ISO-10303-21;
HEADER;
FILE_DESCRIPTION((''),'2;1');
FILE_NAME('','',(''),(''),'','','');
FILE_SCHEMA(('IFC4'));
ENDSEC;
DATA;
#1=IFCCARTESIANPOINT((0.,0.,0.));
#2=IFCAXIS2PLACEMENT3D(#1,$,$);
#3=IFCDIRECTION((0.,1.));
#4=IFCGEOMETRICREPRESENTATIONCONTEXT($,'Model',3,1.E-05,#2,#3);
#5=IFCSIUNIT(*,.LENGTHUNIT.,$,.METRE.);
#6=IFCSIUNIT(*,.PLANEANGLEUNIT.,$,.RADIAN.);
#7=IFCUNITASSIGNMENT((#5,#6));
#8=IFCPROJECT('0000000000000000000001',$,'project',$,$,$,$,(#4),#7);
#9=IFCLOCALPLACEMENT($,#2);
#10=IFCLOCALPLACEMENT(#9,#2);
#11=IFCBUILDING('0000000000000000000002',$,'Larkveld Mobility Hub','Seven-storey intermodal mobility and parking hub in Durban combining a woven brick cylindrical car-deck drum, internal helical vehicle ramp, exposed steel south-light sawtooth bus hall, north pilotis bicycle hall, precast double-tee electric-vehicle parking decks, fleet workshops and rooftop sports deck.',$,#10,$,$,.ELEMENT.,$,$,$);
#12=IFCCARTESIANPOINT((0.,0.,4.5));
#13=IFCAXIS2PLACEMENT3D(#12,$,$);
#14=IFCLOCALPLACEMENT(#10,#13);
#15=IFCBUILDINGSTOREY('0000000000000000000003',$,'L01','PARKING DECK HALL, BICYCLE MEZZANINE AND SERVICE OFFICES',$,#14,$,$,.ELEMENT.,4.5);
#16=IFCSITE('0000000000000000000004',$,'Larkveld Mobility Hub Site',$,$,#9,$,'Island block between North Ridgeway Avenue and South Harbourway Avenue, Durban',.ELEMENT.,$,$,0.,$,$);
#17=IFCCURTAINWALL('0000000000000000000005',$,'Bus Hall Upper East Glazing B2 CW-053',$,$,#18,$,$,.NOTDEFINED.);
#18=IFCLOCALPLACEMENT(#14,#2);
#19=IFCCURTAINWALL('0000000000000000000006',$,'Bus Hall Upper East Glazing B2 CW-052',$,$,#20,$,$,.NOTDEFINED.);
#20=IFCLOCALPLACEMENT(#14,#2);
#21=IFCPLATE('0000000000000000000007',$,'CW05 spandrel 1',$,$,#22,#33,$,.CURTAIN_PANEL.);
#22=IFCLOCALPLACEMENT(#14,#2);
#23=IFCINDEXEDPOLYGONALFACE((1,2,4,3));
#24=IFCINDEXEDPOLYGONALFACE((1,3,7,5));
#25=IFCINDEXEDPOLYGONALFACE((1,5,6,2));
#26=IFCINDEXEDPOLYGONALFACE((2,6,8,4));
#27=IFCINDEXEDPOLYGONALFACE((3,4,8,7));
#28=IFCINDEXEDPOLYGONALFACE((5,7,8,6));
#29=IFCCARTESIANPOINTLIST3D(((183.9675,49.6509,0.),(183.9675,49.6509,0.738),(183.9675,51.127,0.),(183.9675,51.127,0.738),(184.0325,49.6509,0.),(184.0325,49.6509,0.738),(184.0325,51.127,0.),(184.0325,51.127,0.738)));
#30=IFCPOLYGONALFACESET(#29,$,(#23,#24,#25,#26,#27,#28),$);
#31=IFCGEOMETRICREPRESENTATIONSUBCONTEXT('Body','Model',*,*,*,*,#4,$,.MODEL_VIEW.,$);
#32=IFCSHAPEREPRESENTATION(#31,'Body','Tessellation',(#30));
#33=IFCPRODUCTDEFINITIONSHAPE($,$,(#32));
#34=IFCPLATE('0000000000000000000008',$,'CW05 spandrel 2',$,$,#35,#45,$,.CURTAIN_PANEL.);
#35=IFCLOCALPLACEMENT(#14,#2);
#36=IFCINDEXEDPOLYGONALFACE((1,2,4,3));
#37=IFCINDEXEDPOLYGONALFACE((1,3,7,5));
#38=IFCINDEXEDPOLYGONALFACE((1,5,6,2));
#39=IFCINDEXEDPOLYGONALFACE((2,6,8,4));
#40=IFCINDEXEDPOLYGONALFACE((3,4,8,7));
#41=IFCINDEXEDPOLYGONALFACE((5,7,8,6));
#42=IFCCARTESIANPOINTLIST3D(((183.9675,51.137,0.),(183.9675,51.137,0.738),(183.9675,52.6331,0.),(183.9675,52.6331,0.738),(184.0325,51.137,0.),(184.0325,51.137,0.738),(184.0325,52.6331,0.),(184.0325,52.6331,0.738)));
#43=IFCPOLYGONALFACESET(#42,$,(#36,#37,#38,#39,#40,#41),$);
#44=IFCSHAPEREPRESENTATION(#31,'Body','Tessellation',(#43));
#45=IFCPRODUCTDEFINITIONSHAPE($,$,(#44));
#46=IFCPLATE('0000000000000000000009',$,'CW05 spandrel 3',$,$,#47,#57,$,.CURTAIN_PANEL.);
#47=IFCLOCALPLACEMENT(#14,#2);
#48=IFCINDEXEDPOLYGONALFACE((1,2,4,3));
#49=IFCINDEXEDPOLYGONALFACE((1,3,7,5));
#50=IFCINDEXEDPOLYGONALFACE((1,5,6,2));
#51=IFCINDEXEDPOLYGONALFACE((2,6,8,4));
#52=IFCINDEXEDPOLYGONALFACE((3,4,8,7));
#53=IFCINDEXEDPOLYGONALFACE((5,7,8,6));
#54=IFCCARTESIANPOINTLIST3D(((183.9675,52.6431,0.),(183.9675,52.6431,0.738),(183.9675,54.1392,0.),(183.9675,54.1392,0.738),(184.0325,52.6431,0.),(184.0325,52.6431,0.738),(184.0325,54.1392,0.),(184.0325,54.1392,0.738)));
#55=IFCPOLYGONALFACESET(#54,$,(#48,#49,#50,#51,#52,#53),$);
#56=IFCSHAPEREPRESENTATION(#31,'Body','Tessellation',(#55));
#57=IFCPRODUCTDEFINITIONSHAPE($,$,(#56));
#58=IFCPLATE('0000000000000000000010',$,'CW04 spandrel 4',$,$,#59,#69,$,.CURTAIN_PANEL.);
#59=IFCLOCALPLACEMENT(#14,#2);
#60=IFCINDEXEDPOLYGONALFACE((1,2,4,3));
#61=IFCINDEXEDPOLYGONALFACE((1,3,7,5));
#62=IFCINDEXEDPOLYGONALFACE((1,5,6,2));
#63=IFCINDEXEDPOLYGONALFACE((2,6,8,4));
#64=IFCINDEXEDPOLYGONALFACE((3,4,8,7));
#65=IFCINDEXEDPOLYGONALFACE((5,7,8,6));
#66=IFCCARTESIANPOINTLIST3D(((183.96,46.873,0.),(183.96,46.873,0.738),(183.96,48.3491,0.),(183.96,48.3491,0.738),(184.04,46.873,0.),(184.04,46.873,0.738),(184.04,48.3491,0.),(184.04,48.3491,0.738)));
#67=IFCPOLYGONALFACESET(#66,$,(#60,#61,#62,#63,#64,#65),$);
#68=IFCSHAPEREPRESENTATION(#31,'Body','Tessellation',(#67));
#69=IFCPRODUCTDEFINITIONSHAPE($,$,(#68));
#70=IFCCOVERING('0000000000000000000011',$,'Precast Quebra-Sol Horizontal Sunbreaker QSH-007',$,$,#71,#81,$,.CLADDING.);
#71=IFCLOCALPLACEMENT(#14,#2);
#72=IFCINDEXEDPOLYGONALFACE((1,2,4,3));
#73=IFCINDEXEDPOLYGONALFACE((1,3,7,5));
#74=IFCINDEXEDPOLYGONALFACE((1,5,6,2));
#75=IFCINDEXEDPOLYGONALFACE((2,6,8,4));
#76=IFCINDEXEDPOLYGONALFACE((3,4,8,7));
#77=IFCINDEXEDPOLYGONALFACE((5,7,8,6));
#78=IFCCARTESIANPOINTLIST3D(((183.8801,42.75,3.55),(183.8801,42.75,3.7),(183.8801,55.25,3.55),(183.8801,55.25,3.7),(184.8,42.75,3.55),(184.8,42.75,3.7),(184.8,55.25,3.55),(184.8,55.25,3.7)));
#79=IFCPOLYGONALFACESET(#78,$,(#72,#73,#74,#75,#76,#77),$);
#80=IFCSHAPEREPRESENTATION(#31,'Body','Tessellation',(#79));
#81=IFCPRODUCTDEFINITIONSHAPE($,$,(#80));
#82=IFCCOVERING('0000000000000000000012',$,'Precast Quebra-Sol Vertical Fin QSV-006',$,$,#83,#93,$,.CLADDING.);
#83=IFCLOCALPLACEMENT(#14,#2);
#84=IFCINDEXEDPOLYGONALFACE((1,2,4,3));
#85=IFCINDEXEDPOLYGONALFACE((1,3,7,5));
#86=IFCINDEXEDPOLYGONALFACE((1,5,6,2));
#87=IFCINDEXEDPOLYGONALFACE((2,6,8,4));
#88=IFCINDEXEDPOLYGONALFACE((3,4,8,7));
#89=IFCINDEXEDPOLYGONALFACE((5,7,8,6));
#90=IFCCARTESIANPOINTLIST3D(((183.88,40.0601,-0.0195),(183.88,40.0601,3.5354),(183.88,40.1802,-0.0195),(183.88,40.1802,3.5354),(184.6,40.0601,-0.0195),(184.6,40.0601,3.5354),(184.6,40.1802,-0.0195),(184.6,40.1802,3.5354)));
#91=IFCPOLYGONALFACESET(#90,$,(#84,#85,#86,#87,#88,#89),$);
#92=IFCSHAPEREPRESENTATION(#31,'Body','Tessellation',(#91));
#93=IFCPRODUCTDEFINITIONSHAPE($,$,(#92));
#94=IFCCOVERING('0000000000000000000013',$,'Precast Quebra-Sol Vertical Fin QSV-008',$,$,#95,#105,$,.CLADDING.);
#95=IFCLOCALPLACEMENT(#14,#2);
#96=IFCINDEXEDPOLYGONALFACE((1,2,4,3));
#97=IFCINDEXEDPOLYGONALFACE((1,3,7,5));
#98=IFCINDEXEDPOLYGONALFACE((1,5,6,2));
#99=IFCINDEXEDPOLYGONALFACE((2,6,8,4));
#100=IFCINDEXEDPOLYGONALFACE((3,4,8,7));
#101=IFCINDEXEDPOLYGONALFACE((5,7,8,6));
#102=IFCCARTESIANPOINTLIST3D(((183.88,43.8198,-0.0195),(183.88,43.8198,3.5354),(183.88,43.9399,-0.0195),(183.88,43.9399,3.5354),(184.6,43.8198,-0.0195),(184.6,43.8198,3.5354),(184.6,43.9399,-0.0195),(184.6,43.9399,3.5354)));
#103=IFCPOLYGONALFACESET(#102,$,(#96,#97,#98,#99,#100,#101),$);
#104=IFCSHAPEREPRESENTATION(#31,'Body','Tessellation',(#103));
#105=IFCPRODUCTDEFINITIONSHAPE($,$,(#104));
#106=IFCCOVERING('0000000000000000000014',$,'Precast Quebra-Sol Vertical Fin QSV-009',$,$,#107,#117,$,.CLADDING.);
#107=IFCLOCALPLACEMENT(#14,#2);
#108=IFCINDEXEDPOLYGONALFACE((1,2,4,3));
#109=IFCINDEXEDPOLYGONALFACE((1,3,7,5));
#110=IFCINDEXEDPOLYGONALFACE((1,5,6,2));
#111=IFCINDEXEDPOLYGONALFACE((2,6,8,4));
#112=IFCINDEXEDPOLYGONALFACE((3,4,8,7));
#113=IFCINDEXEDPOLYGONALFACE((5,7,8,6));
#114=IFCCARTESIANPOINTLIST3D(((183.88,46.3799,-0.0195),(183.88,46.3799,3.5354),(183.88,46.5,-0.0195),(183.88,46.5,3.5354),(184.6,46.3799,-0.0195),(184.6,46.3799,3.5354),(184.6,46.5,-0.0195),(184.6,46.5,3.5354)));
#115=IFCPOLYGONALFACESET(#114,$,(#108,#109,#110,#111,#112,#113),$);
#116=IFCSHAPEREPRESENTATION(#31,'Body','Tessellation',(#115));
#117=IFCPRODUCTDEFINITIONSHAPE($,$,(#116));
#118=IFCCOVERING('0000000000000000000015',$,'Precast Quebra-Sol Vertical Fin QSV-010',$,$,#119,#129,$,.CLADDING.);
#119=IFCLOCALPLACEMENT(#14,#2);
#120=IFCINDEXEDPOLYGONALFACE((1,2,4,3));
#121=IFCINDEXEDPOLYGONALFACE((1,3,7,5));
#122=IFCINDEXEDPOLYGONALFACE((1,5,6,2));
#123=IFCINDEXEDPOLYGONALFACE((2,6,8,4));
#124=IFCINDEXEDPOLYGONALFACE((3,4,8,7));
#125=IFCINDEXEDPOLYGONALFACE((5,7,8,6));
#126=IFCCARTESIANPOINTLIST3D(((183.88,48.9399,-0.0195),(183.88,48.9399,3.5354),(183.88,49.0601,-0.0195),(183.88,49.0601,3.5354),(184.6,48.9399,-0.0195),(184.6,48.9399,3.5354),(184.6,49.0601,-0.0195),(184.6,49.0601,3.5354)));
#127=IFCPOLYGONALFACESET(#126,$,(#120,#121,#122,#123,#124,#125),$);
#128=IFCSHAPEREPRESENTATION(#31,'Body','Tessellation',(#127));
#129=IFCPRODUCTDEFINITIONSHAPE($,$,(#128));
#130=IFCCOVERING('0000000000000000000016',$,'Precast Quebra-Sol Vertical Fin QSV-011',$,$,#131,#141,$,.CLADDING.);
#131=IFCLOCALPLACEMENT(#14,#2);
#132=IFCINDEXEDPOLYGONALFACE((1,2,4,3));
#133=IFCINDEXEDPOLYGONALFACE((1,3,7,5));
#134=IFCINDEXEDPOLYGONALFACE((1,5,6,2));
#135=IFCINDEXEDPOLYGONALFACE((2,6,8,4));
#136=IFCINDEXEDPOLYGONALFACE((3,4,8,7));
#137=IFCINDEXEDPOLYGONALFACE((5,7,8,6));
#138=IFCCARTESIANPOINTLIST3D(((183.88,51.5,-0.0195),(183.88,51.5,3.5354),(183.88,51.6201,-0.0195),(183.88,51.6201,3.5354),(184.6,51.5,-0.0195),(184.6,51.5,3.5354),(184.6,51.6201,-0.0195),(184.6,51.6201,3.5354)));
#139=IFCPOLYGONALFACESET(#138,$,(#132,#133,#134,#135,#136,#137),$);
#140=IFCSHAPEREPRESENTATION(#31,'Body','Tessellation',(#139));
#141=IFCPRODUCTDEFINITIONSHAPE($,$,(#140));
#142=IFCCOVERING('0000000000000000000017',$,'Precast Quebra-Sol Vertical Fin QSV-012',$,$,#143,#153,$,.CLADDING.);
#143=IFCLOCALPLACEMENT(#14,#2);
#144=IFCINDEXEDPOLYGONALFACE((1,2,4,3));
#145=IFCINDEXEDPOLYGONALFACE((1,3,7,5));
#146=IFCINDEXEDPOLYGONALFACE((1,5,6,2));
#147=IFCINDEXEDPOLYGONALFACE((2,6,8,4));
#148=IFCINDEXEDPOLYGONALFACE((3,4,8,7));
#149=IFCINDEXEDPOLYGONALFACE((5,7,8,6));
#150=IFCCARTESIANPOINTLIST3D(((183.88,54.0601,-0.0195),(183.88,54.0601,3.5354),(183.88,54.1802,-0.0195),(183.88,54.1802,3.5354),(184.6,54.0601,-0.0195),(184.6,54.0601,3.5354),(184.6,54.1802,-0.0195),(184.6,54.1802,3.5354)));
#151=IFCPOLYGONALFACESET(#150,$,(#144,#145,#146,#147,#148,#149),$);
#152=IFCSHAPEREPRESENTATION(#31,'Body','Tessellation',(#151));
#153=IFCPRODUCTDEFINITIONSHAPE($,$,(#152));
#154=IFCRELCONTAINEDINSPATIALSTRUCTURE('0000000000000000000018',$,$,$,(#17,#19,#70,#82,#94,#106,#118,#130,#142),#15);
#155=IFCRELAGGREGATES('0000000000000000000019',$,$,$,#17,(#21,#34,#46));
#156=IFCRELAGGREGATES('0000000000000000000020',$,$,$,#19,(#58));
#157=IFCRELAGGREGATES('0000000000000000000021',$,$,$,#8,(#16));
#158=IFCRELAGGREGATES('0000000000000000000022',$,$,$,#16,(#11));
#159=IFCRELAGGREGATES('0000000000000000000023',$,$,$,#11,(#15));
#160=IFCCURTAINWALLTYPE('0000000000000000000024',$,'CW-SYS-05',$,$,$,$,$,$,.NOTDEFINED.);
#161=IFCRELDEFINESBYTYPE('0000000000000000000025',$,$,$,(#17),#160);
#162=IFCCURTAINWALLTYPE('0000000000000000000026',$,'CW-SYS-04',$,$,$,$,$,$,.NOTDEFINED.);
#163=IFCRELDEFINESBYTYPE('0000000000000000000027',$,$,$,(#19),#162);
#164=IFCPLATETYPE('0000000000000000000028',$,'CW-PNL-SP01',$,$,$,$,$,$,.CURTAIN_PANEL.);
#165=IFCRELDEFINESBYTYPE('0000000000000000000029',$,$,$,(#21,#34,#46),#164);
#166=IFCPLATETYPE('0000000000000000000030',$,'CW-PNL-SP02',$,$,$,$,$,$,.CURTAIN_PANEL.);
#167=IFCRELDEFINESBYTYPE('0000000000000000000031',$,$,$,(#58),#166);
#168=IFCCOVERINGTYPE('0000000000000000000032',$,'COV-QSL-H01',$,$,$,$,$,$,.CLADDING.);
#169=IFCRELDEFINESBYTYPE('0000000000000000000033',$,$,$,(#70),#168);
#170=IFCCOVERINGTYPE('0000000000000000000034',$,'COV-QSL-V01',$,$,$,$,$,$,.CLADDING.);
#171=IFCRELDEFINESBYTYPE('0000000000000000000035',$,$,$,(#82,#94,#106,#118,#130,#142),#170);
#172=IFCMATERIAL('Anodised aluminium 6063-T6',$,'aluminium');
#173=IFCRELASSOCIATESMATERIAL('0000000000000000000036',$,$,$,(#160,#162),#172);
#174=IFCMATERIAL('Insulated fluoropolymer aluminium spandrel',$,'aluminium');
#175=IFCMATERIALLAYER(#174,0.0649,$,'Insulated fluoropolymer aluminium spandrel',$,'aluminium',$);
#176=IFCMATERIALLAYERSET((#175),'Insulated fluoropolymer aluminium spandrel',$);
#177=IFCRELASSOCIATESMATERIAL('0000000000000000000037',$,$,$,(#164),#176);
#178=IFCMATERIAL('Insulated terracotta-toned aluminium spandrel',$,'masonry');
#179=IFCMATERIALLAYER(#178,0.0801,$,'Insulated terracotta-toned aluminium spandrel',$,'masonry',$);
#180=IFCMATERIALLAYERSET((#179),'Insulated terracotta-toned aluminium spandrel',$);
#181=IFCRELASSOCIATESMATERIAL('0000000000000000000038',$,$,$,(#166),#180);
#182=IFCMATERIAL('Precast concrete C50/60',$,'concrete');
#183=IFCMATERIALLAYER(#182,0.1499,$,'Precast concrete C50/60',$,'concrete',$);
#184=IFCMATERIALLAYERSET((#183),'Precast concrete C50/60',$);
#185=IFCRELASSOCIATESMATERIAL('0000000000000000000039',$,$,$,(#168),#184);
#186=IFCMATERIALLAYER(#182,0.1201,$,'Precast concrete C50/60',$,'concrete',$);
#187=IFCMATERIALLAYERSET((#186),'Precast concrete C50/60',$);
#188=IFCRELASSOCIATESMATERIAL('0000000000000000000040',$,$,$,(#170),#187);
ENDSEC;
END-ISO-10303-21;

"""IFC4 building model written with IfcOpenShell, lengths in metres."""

from ifc_helpers import new_model, si_unit, direction, frame, origin, origin_2d, place, context, subcontext, project, spatial, rectangle, extrude, material, layer, layer_set, type_object, element, aggregate, save


model = new_model("IFC4")

# Units and contexts
model_context = context("Model", 3, precision=1e-05, world=origin(), true_north=direction((0.0, 1.0)))
body_context = subcontext(model_context, "Body", "Model", "MODEL_VIEW")
ifc_project = project(units=[si_unit("LENGTHUNIT", "METRE"), si_unit("PLANEANGLEUNIT", "RADIAN")], contexts=[model_context])

# Site, building, storey
site_placement = place(None, origin())
site = spatial("IfcSite", under=ifc_project, at=site_placement, Name="Larkveld Mobility Hub Site", LongName="Island block between North Ridgeway Avenue and South Harbourway Avenue, Durban", CompositionType="ELEMENT", RefElevation=0.0)
building_placement = place(site_placement, origin())
building = spatial("IfcBuilding", under=site, at=building_placement, Name="Larkveld Mobility Hub", Description="Seven-storey intermodal mobility and parking hub in Durban combining a woven brick cylindrical car-deck drum, internal helical vehicle ramp, exposed steel south-light sawtooth bus hall, north pilotis bicycle hall, precast double-tee electric-vehicle parking decks, fleet workshops and rooftop sports deck.", CompositionType="ELEMENT")
storey_placement = place(building_placement, frame((0.0, 0.0, 4.5)))
storey = spatial("IfcBuildingStorey", under=building, at=storey_placement, Name="L01", Description="PARKING DECK HALL, BICYCLE MEZZANINE AND SERVICE OFFICES", CompositionType="ELEMENT", Elevation=4.5)

# Curtain wall
ifc_material_1 = material(Name="Anodised aluminium 6063-T6", Category="aluminium")
curtain_wall_type_1 = type_object("IfcCurtainWallType", Name="CW-SYS-05", PredefinedType="NOTDEFINED", material=ifc_material_1)
curtain_wall_1_placement = place(storey_placement, origin())
curtain_wall_1 = element("IfcCurtainWall", 1, at=curtain_wall_1_placement, inside=storey, type_object=curtain_wall_type_1, Name="Bus Hall Upper East Glazing B2 CW-053", PredefinedType="NOTDEFINED")

# Curtain wall
curtain_wall_type_2 = type_object("IfcCurtainWallType", Name="CW-SYS-04", PredefinedType="NOTDEFINED", material=ifc_material_1)
curtain_wall_2_placement = place(storey_placement, origin())
curtain_wall_2 = element("IfcCurtainWall", 2, at=curtain_wall_2_placement, inside=storey, type_object=curtain_wall_type_2, Name="Bus Hall Upper East Glazing B2 CW-052", PredefinedType="NOTDEFINED")

# Plates
ifc_material_2 = material(Name="Insulated fluoropolymer aluminium spandrel", Category="aluminium")
ifc_layer_1 = layer(ifc_material_2, 0.0649, Name="Insulated fluoropolymer aluminium spandrel", Category="aluminium")
ifc_layer_set_1 = layer_set([ifc_layer_1], Name="Insulated fluoropolymer aluminium spandrel")
plate_type_1 = type_object("IfcPlateType", Name="CW-PNL-SP01", PredefinedType="CURTAIN_PANEL", material=ifc_layer_set_1)
plate_1_placement = place(storey_placement, frame((184.0, 50.3889, 0.0), z_axis=(0.0, 0.0, 1.0), x_axis=(0.0, 1.0, 0.0)))
plate_1 = element("IfcPlate", 3, at=plate_1_placement, type_object=plate_type_1, Name="CW05 spandrel 1", PredefinedType="CURTAIN_PANEL", context=body_context, shape_type="SweptSolid", body=[
    extrude(rectangle(XDim=1.4761, YDim=0.0649, at=origin_2d()), origin(), (0.0, 0.0, 1.0), 0.738),
])
plate_2_placement = place(storey_placement, frame((184.0, 51.885, 0.0), z_axis=(0.0, 0.0, 1.0), x_axis=(0.0, 1.0, 0.0)))
plate_2 = element("IfcPlate", 4, at=plate_2_placement, type_object=plate_type_1, Name="CW05 spandrel 2", PredefinedType="CURTAIN_PANEL", context=body_context, shape_type="SweptSolid", body=[
    extrude(rectangle(XDim=1.4961, YDim=0.0649, at=origin_2d()), origin(), (0.0, 0.0, 1.0), 0.738),
])
plate_3_placement = place(storey_placement, frame((184.0, 53.3911, 0.0), z_axis=(0.0, 0.0, 1.0), x_axis=(0.0, 1.0, 0.0)))
plate_3 = element("IfcPlate", 5, at=plate_3_placement, type_object=plate_type_1, Name="CW05 spandrel 3", PredefinedType="CURTAIN_PANEL", context=body_context, shape_type="SweptSolid", body=[
    extrude(rectangle(XDim=1.4961, YDim=0.0649, at=origin_2d()), origin(), (0.0, 0.0, 1.0), 0.738),
])
aggregate(curtain_wall_1, [plate_1, plate_2, plate_3])
ifc_material_3 = material(Name="Insulated terracotta-toned aluminium spandrel", Category="masonry")
ifc_layer_2 = layer(ifc_material_3, 0.0801, Name="Insulated terracotta-toned aluminium spandrel", Category="masonry")
ifc_layer_set_2 = layer_set([ifc_layer_2], Name="Insulated terracotta-toned aluminium spandrel")
plate_type_2 = type_object("IfcPlateType", Name="CW-PNL-SP02", PredefinedType="CURTAIN_PANEL", material=ifc_layer_set_2)
plate_4_placement = place(storey_placement, frame((184.0, 47.6111, 0.0), z_axis=(0.0, 0.0, 1.0), x_axis=(0.0, 1.0, 0.0)))
plate_4 = element("IfcPlate", 6, at=plate_4_placement, type_object=plate_type_2, Name="CW04 spandrel 4", PredefinedType="CURTAIN_PANEL", context=body_context, shape_type="SweptSolid", body=[
    extrude(rectangle(XDim=1.4761, YDim=0.0801, at=origin_2d()), origin(), (0.0, 0.0, 1.0), 0.738),
])
aggregate(curtain_wall_2, [plate_4])

# Coverings
ifc_material_4 = material(Name="Precast concrete C50/60", Category="concrete")
ifc_layer_3 = layer(ifc_material_4, 0.1499, Name="Precast concrete C50/60", Category="concrete")
ifc_layer_set_3 = layer_set([ifc_layer_3], Name="Precast concrete C50/60")
covering_type_1 = type_object("IfcCoveringType", Name="COV-QSL-H01", PredefinedType="CLADDING", material=ifc_layer_set_3)
covering_placement = place(storey_placement, frame((184.3401, 49.0, 3.55), z_axis=(0.0, 0.0, 1.0), x_axis=(0.0, 1.0, 0.0)))
element("IfcCovering", 7, at=covering_placement, inside=storey, type_object=covering_type_1, Name="Precast Quebra-Sol Horizontal Sunbreaker QSH-007", PredefinedType="CLADDING", context=body_context, shape_type="SweptSolid", body=[
    extrude(rectangle(XDim=12.5, YDim=0.9199, at=origin_2d()), origin(), (0.0, 0.0, 1.0), 0.1499),
])
ifc_layer_4 = layer(ifc_material_4, 0.1201, Name="Precast concrete C50/60", Category="concrete")
ifc_layer_set_4 = layer_set([ifc_layer_4], Name="Precast concrete C50/60")
covering_type_2 = type_object("IfcCoveringType", Name="COV-QSL-V01", PredefinedType="CLADDING", material=ifc_layer_set_4)
for number, where, z_axis, x_axis, name in (
    (8, (184.24, 40.1201, -0.0195), (0.0, 0.0, 1.0), (0.0, 1.0, 0.0), "Precast Quebra-Sol Vertical Fin QSV-006"),
    (9, (184.24, 43.8799, -0.0195), (0.0, 0.0, 1.0), (0.0, 1.0, 0.0), "Precast Quebra-Sol Vertical Fin QSV-008"),
    (10, (184.24, 46.4399, -0.0195), (0.0, 0.0, 1.0), (0.0, 1.0, 0.0), "Precast Quebra-Sol Vertical Fin QSV-009"),
    (11, (184.24, 49.0, -0.0195), (0.0, 0.0, 1.0), (0.0, 1.0, 0.0), "Precast Quebra-Sol Vertical Fin QSV-010"),
    (12, (184.24, 51.5601, -0.0195), (0.0, 0.0, 1.0), (0.0, 1.0, 0.0), "Precast Quebra-Sol Vertical Fin QSV-011"),
    (13, (184.24, 54.1201, -0.0195), (0.0, 0.0, 1.0), (0.0, 1.0, 0.0), "Precast Quebra-Sol Vertical Fin QSV-012"),
):
    element("IfcCovering", number, at=place(storey_placement, frame(where, z_axis=z_axis, x_axis=x_axis)), inside=storey, type_object=covering_type_2, Name=name, PredefinedType="CLADDING", context=body_context, shape_type="SweptSolid", body=[
        extrude(rectangle(XDim=0.1201, YDim=0.72, at=origin_2d()), origin(), (0.0, 0.0, 1.0), 3.5549),
    ])

save(model, "model.ifc")
